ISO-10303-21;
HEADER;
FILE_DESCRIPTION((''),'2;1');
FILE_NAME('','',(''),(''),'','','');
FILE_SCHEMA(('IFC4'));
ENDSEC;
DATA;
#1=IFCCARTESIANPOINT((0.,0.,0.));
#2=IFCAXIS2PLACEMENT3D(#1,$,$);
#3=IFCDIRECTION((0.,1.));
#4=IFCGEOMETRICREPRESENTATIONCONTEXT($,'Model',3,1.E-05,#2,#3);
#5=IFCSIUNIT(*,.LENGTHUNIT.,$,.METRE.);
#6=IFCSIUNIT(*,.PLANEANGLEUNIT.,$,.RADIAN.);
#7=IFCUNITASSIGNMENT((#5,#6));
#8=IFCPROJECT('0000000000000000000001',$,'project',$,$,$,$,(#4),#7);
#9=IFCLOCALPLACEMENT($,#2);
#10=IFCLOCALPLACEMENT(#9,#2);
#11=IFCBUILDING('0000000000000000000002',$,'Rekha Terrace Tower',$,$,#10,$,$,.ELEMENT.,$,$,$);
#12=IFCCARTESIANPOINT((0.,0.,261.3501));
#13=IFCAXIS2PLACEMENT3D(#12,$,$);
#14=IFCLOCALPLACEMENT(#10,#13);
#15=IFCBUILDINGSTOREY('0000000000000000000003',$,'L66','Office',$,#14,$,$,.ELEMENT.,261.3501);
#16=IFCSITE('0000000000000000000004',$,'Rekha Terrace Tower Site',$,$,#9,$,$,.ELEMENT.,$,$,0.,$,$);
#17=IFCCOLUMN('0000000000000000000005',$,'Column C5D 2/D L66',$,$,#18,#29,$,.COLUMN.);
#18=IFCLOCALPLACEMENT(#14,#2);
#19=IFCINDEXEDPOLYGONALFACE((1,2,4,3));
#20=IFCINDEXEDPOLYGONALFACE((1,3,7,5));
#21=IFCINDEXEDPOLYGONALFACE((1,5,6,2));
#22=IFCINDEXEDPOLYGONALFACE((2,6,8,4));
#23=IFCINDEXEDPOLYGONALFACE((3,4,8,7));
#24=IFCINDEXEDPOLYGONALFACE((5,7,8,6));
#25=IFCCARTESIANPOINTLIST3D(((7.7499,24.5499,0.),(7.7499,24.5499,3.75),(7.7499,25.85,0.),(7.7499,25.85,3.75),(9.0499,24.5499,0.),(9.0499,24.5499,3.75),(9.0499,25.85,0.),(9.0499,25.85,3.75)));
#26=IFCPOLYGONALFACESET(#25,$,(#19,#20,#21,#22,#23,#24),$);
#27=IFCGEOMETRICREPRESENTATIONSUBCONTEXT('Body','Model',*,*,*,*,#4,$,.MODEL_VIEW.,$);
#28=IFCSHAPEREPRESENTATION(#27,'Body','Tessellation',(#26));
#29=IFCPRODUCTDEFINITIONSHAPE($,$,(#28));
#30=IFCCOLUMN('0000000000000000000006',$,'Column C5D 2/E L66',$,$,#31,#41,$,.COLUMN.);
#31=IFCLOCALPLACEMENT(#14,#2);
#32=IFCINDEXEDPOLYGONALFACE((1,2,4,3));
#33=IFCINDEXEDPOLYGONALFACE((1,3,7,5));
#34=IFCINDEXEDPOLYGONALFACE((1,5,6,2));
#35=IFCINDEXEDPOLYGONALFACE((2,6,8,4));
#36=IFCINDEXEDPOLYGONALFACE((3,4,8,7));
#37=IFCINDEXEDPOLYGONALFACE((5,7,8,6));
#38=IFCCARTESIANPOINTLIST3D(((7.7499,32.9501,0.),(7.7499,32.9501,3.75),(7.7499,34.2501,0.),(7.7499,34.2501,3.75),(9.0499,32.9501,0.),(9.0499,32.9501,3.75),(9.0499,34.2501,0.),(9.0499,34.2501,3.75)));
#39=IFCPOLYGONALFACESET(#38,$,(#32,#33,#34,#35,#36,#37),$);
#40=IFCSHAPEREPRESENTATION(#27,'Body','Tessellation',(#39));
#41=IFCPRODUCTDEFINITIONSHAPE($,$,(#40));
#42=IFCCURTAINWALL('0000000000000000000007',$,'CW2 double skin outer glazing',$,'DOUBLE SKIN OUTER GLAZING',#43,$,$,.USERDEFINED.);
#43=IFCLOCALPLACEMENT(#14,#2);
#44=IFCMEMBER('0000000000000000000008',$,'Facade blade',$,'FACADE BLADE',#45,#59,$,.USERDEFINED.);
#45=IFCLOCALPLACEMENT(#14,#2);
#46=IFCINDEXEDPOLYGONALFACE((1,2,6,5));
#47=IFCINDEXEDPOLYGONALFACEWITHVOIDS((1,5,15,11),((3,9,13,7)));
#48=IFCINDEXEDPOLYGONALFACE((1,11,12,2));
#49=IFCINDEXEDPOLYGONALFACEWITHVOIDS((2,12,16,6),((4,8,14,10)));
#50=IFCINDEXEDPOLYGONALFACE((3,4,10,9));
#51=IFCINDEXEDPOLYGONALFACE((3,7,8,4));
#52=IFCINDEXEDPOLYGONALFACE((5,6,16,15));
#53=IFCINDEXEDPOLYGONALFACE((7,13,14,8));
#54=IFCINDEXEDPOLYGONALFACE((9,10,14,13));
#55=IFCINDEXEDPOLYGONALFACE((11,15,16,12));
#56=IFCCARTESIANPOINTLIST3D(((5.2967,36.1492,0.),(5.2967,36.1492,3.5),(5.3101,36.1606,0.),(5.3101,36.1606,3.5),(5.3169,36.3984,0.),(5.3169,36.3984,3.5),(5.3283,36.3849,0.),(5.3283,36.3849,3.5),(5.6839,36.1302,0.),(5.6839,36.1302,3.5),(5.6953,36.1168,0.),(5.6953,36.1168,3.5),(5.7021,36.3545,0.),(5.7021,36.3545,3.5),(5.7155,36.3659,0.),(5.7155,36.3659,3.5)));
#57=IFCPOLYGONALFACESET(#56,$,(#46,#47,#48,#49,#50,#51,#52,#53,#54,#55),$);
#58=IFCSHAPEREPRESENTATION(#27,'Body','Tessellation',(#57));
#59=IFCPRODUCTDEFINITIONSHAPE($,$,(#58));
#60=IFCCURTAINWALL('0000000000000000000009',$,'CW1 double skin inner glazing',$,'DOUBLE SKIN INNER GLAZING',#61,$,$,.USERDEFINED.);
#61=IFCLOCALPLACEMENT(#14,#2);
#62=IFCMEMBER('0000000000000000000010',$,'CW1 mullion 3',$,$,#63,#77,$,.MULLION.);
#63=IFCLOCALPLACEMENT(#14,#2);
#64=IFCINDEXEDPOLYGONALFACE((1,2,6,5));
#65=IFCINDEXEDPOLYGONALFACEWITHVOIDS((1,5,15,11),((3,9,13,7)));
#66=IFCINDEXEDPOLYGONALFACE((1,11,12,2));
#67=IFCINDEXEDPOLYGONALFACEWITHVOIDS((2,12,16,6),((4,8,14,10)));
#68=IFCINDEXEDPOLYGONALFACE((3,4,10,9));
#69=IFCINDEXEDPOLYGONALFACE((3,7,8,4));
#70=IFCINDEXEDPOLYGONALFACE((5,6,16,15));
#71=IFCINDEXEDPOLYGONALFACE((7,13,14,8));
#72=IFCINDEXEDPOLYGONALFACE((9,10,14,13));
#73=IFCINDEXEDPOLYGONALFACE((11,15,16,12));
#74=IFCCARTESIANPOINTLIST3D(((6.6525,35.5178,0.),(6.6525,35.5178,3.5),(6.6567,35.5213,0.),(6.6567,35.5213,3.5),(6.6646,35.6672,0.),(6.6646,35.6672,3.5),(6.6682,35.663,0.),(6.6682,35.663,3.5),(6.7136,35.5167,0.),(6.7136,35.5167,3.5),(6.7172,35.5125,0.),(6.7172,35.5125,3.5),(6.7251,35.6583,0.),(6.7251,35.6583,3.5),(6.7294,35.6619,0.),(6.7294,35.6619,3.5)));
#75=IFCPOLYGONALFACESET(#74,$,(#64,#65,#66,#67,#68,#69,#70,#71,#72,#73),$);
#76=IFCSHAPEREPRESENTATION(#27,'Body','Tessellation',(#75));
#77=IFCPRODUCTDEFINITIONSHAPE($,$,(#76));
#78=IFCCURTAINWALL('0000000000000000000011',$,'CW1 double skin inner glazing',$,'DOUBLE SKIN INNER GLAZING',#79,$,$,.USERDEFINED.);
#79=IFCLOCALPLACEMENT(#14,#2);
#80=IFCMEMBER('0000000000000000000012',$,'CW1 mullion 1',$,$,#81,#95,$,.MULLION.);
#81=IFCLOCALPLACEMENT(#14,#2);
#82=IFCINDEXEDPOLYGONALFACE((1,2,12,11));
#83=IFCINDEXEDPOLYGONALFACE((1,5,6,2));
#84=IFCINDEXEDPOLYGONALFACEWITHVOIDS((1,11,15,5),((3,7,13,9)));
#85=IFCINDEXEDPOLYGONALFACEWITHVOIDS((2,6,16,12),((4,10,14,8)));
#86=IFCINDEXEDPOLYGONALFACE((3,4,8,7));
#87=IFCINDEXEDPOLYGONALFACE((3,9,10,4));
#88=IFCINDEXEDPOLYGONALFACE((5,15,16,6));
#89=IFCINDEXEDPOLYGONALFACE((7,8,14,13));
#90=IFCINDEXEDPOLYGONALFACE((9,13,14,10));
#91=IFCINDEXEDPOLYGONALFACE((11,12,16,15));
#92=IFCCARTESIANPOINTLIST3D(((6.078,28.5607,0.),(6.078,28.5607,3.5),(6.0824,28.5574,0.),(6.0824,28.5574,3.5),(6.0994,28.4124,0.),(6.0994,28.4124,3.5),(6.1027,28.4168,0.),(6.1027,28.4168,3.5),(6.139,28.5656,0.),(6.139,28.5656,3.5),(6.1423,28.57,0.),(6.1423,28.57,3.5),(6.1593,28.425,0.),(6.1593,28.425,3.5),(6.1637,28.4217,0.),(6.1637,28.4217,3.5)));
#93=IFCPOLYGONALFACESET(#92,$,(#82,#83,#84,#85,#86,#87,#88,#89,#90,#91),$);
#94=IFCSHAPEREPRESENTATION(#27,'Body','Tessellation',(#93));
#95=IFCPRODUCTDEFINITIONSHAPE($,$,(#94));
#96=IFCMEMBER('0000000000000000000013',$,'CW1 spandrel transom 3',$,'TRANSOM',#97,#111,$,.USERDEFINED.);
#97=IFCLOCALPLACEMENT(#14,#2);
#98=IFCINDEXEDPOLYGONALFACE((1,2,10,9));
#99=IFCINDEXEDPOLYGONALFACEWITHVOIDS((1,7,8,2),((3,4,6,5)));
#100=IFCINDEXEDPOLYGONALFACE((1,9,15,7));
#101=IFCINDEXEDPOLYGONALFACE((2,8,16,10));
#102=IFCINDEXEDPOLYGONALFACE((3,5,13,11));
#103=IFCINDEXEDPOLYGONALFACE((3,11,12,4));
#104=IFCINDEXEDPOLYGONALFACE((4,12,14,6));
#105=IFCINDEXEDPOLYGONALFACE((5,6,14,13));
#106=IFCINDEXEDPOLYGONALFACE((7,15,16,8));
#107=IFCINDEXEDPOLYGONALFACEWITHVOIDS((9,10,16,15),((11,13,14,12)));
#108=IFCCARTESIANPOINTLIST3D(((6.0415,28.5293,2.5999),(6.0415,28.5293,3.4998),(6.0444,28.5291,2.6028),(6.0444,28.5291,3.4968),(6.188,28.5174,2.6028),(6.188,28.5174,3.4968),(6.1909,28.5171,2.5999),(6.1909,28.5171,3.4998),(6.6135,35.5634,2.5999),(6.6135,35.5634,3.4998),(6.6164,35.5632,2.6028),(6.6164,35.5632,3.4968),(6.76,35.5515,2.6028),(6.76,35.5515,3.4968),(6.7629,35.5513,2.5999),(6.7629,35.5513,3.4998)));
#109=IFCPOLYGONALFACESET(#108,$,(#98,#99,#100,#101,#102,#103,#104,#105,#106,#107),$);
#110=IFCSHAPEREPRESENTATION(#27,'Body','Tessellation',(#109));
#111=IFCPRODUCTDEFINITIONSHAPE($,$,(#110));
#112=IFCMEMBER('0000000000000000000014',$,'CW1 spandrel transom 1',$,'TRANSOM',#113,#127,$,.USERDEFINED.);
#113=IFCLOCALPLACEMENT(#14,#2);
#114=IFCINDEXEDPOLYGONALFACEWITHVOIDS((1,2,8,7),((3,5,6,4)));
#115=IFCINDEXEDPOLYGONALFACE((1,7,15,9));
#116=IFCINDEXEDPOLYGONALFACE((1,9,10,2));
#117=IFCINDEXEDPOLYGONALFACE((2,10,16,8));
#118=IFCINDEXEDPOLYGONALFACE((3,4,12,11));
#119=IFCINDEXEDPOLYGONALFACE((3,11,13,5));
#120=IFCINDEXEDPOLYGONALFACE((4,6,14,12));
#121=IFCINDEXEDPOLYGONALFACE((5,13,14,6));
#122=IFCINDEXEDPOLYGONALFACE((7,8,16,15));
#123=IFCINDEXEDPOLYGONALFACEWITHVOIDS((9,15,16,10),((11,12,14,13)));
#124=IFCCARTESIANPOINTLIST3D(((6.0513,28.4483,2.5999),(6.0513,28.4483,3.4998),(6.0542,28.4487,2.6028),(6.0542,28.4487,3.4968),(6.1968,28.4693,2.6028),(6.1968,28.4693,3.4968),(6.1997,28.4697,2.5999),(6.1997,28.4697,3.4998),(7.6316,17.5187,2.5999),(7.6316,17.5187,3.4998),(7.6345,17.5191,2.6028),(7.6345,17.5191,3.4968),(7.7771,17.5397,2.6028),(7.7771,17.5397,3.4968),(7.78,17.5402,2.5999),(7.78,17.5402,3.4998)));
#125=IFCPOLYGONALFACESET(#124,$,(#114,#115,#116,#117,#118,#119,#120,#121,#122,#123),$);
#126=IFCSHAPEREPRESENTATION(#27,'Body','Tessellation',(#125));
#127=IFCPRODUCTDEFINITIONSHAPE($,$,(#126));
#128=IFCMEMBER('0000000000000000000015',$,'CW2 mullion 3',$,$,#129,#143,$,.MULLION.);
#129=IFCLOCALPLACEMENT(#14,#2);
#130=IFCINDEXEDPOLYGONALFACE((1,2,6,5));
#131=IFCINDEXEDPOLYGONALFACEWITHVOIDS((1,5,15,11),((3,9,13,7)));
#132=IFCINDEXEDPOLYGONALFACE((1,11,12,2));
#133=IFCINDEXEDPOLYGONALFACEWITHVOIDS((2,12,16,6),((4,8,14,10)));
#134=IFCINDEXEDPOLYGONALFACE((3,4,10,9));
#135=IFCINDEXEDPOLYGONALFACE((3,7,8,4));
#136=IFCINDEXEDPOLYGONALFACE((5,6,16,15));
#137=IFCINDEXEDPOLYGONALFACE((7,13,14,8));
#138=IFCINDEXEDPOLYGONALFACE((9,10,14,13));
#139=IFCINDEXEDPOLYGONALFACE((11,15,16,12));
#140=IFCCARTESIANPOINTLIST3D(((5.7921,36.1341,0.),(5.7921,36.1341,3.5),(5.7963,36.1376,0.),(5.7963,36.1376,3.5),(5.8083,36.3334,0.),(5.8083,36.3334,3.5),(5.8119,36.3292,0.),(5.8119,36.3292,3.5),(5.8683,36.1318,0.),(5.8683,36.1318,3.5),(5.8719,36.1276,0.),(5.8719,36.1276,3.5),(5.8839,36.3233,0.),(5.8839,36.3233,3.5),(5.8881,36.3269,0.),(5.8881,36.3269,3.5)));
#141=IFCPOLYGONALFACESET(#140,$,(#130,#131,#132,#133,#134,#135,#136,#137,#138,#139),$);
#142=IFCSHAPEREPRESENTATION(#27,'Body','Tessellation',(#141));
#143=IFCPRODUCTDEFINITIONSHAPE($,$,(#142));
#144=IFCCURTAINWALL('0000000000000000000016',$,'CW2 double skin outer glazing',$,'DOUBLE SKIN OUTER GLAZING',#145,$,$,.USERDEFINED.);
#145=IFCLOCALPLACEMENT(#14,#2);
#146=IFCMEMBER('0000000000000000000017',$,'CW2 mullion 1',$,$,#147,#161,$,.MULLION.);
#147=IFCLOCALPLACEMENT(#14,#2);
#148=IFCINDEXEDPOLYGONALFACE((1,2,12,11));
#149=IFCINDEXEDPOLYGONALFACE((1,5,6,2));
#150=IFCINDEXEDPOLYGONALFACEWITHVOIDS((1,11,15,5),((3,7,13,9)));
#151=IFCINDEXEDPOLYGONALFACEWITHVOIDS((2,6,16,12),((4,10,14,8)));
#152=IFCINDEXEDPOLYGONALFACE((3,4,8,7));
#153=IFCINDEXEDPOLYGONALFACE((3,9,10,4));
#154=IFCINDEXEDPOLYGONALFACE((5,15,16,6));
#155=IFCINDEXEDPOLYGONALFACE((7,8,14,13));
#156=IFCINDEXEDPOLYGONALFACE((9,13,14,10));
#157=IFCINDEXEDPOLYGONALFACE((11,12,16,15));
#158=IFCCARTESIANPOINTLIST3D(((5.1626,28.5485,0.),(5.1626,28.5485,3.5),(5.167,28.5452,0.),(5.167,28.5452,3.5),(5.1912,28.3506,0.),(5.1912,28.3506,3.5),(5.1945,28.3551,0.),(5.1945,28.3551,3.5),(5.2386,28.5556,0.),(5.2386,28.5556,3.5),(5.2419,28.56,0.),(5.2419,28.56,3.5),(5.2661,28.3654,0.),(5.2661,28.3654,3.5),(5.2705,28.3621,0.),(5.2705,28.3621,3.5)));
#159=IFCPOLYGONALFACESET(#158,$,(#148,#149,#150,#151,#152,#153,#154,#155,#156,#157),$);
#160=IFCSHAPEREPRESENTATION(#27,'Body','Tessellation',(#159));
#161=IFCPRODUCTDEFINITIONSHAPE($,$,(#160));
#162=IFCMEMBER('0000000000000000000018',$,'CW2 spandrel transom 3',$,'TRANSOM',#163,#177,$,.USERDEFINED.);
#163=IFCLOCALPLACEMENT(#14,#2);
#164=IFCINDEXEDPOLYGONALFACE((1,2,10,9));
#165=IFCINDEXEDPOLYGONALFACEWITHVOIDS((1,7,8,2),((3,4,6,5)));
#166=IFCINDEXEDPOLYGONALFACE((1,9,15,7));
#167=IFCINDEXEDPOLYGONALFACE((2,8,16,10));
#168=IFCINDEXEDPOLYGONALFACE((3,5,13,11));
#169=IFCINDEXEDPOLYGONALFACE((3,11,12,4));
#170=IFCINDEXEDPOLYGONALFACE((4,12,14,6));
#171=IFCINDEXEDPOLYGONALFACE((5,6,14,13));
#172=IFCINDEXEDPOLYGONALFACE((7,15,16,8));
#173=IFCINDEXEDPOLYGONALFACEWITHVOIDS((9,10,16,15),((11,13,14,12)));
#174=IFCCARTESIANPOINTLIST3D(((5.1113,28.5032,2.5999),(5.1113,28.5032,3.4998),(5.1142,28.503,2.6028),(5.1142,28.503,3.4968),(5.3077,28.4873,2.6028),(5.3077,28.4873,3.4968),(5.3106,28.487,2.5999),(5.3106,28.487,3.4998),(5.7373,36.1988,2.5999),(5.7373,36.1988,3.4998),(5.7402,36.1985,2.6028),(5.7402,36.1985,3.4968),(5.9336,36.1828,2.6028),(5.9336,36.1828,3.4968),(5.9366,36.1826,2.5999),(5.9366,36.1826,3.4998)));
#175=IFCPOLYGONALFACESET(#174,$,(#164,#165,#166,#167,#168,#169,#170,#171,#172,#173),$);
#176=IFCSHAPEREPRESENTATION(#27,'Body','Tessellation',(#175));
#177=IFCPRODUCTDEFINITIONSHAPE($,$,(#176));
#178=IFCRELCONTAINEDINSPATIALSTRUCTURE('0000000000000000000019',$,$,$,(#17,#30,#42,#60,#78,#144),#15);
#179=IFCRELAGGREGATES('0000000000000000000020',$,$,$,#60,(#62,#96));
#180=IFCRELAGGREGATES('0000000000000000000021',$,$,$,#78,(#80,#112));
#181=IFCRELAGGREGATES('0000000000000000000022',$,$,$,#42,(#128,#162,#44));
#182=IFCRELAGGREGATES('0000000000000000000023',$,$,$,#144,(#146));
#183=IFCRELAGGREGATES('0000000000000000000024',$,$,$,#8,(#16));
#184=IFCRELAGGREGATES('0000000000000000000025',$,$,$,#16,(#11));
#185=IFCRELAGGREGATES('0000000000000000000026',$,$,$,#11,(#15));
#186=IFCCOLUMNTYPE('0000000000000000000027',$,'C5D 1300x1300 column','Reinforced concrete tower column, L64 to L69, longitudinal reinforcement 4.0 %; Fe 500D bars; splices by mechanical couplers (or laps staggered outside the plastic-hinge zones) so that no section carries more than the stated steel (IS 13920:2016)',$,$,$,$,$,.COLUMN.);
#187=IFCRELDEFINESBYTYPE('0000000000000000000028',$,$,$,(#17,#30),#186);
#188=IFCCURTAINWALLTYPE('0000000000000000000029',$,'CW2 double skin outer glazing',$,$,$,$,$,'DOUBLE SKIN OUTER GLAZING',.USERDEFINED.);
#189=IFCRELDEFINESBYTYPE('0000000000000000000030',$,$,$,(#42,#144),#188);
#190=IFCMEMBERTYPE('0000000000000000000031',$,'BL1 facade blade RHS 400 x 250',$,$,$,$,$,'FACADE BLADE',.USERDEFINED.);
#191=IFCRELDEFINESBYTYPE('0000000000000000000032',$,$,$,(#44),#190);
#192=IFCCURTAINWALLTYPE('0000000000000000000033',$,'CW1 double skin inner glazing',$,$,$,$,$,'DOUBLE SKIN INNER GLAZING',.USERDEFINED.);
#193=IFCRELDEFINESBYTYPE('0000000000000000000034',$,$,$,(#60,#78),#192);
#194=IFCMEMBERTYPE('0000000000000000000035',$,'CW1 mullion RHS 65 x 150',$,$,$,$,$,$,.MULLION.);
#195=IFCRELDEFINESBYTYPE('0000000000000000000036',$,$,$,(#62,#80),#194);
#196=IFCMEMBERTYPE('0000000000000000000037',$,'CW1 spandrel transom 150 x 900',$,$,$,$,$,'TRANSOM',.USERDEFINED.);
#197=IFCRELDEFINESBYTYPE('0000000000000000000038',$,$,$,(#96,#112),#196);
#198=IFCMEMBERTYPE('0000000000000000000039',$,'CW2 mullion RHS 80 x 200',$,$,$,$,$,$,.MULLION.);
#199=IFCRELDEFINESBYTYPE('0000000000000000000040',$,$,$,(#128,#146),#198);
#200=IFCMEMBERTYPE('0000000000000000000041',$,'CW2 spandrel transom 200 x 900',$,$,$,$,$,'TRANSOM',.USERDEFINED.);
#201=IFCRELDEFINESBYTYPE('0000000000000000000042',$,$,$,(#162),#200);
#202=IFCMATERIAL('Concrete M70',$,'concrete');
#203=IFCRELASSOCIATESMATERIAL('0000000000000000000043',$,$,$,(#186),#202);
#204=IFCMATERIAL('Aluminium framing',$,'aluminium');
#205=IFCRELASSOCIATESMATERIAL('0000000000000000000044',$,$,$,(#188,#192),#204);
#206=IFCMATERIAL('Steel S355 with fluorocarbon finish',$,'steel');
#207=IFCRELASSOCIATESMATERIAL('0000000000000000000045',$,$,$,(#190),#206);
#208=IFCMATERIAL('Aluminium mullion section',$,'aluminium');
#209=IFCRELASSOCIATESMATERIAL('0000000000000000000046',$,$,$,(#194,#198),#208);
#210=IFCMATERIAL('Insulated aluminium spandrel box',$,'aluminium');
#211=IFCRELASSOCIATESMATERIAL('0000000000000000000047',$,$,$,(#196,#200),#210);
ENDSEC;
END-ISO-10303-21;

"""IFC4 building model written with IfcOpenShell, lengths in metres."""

from ifc_helpers import new_model, si_unit, direction, frame, origin, origin_2d, place, context, subcontext, project, spatial, rectangle, hollow_rectangle, extrude, material, material_profile, profile_set, type_object, element, aggregate, save


model = new_model("IFC4")

# Units and contexts
model_context = context("Model", 3, precision=1e-05, world=origin(), true_north=direction((0.0, 1.0)))
body_context = subcontext(model_context, "Body", "Model", "MODEL_VIEW")
ifc_project = project(units=[si_unit("LENGTHUNIT", "METRE"), si_unit("PLANEANGLEUNIT", "RADIAN")], contexts=[model_context])

# Site, building, storey
site_placement = place(None, origin())
site = spatial("IfcSite", under=ifc_project, at=site_placement, Name="Rekha Terrace Tower Site", CompositionType="ELEMENT", RefElevation=0.0)
building_placement = place(site_placement, origin())
building = spatial("IfcBuilding", under=site, at=building_placement, Name="Rekha Terrace Tower", CompositionType="ELEMENT")
storey_placement = place(building_placement, frame((0.0, 0.0, 261.3501)))
storey = spatial("IfcBuildingStorey", under=building, at=storey_placement, Name="L66", Description="Office", CompositionType="ELEMENT", Elevation=261.3501)

# Columns
ifc_material_1 = material(Name="Concrete M70", Category="concrete")
ifc_material_profile_1 = material_profile(ifc_material_1, rectangle(XDim=1.3, YDim=1.3, at=origin_2d()), Name="RC 1300x1300")
ifc_profile_set_1 = profile_set([ifc_material_profile_1], Name="Concrete M70")
column_type = type_object("IfcColumnType", Name="C5D 1300x1300 column", Description="Reinforced concrete tower column, L64 to L69, longitudinal reinforcement 4.0 %; Fe 500D bars; splices by mechanical couplers (or laps staggered outside the plastic-hinge zones) so that no section carries more than the stated steel (IS 13920:2016)", PredefinedType="COLUMN", material=ifc_profile_set_1)
for number, where, z_axis, x_axis, name in (
    (1, (8.3999, 25.2, 0.0), (0.0, 0.0, 1.0), (1.0, 0.0, 0.0), "Column C5D 2/D L66"),
    (2, (8.3999, 33.6001, 0.0), (0.0, 0.0, 1.0), (1.0, 0.0, 0.0), "Column C5D 2/E L66"),
):
    element("IfcColumn", number, at=place(storey_placement, frame(where, z_axis=z_axis, x_axis=x_axis)), inside=storey, type_object=column_type, Name=name, PredefinedType="COLUMN", context=body_context, shape_type="SweptSolid", body=[
        extrude(rectangle(XDim=1.3, YDim=1.3, at=origin_2d()), origin(), (0.0, 0.0, 1.0), 3.75),
    ])

# Curtain walls, members
ifc_material_2 = material(Name="Aluminium framing", Category="aluminium")
curtain_wall_type_1 = type_object("IfcCurtainWallType", Name="CW2 double skin outer glazing", ElementType="DOUBLE SKIN OUTER GLAZING", PredefinedType="USERDEFINED", material=ifc_material_2)
curtain_wall_1_placement = place(storey_placement, origin())
curtain_wall_1 = element("IfcCurtainWall", 3, at=curtain_wall_1_placement, inside=storey, type_object=curtain_wall_type_1, Name="CW2 double skin outer glazing", ObjectType="DOUBLE SKIN OUTER GLAZING", PredefinedType="USERDEFINED")
ifc_material_3 = material(Name="Steel S355 with fluorocarbon finish", Category="steel")
ifc_material_profile_2 = material_profile(ifc_material_3, hollow_rectangle(XDim=0.25, YDim=0.3999, WallThickness=0.0125, at=origin_2d()), Name="RHS400x250x12.5")
ifc_profile_set_2 = profile_set([ifc_material_profile_2], Name="Steel S355 with fluorocarbon finish")
member_type_1 = type_object("IfcMemberType", Name="BL1 facade blade RHS 400 x 250", ElementType="FACADE BLADE", PredefinedType="USERDEFINED", material=ifc_profile_set_2)
member_1_placement = place(storey_placement, frame((5.5061, 36.2576, 0.0), z_axis=(0.0, 0.0, 1.0), x_axis=(-0.081069, -0.996709, 0.0)))
member_1 = element("IfcMember", 4, at=member_1_placement, type_object=member_type_1, Name="Facade blade", ObjectType="FACADE BLADE", PredefinedType="USERDEFINED", context=body_context, shape_type="SweptSolid", body=[
    extrude(hollow_rectangle(XDim=0.25, YDim=0.3999, WallThickness=0.0125, at=origin_2d()), origin(), (0.0, 0.0, 1.0), 3.5),
])
curtain_wall_type_2 = type_object("IfcCurtainWallType", Name="CW1 double skin inner glazing", ElementType="DOUBLE SKIN INNER GLAZING", PredefinedType="USERDEFINED", material=ifc_material_2)
curtain_wall_2_placement = place(storey_placement, origin())
curtain_wall_2 = element("IfcCurtainWall", 5, at=curtain_wall_2_placement, inside=storey, type_object=curtain_wall_type_2, Name="CW1 double skin inner glazing", ObjectType="DOUBLE SKIN INNER GLAZING", PredefinedType="USERDEFINED")
ifc_material_4 = material(Name="Aluminium mullion section", Category="aluminium")
ifc_material_profile_3 = material_profile(ifc_material_4, hollow_rectangle(XDim=0.0649, YDim=0.1499, WallThickness=0.0039, at=origin_2d()), Name="AL RHS 65x150")
ifc_profile_set_3 = profile_set([ifc_material_profile_3], Name="Aluminium mullion section")
member_type_2 = type_object("IfcMemberType", Name="CW1 mullion RHS 65 x 150", PredefinedType="MULLION", material=ifc_profile_set_3)
member_2_placement = place(storey_placement, frame((6.6909, 35.5898, 0.0), z_axis=(0.0, 0.0, 1.0), x_axis=(0.996709, -0.081068, 0.0)))
member_2 = element("IfcMember", 6, at=member_2_placement, type_object=member_type_2, Name="CW1 mullion 3", PredefinedType="MULLION", context=body_context, shape_type="SweptSolid", body=[
    extrude(hollow_rectangle(XDim=0.0649, YDim=0.1499, WallThickness=0.0039, at=origin_2d()), origin(), (0.0, 0.0, 1.0), 3.5),
])
curtain_wall_3_placement = place(storey_placement, origin())
curtain_wall_3 = element("IfcCurtainWall", 7, at=curtain_wall_3_placement, inside=storey, type_object=curtain_wall_type_2, Name="CW1 double skin inner glazing", ObjectType="DOUBLE SKIN INNER GLAZING", PredefinedType="USERDEFINED")
member_3_placement = place(storey_placement, frame((6.1208, 28.4912, 0.0), z_axis=(0.0, 0.0, 1.0), x_axis=(0.989707, 0.143108, 0.0)))
member_3 = element("IfcMember", 8, at=member_3_placement, type_object=member_type_2, Name="CW1 mullion 1", PredefinedType="MULLION", context=body_context, shape_type="SweptSolid", body=[
    extrude(hollow_rectangle(XDim=0.0649, YDim=0.1499, WallThickness=0.0039, at=origin_2d()), origin(), (0.0, 0.0, 1.0), 3.5),
])

# Members
ifc_material_5 = material(Name="Insulated aluminium spandrel box", Category="aluminium")
ifc_material_profile_4 = material_profile(ifc_material_5, hollow_rectangle(XDim=0.1499, YDim=0.8999, WallThickness=0.0029, at=origin_2d()), Name="AL SPANDREL BOX 150x900")
ifc_profile_set_4 = profile_set([ifc_material_profile_4], Name="Insulated aluminium spandrel box")
member_type_3 = type_object("IfcMemberType", Name="CW1 spandrel transom 150 x 900", ElementType="TRANSOM", PredefinedType="USERDEFINED", material=ifc_profile_set_4)
member_4_placement = place(storey_placement, frame((6.6882, 35.5574, 3.0498), z_axis=(-0.081053, -0.99671, 0.0), x_axis=(0.99671, -0.081053, 0.0)))
member_4 = element("IfcMember", 9, at=member_4_placement, type_object=member_type_3, Name="CW1 spandrel transom 3", ObjectType="TRANSOM", PredefinedType="USERDEFINED", context=body_context, shape_type="SweptSolid", body=[
    extrude(hollow_rectangle(XDim=0.1499, YDim=0.8999, WallThickness=0.0029, at=origin_2d()), origin(), (0.0, 0.0, 1.0), 7.0574),
])
member_5_placement = place(storey_placement, frame((6.1255, 28.459, 3.0498), z_axis=(0.143105, -0.989708, 0.0), x_axis=(0.989708, 0.143105, 0.0)))
member_5 = element("IfcMember", 10, at=member_5_placement, type_object=member_type_3, Name="CW1 spandrel transom 1", ObjectType="TRANSOM", PredefinedType="USERDEFINED", context=body_context, shape_type="SweptSolid", body=[
    extrude(hollow_rectangle(XDim=0.1499, YDim=0.8999, WallThickness=0.0029, at=origin_2d()), origin(), (0.0, 0.0, 1.0), 11.0432),
])
ifc_material_profile_5 = material_profile(ifc_material_4, hollow_rectangle(XDim=0.0801, YDim=0.2, WallThickness=0.0039, at=origin_2d()), Name="AL RHS 80x200")
ifc_profile_set_5 = profile_set([ifc_material_profile_5], Name="Aluminium mullion section")
member_type_4 = type_object("IfcMemberType", Name="CW2 mullion RHS 80 x 200", PredefinedType="MULLION", material=ifc_profile_set_5)
member_6_placement = place(storey_placement, frame((5.8401, 36.2305, 0.0), z_axis=(0.0, 0.0, 1.0), x_axis=(0.996709, -0.081068, 0.0)))
member_6 = element("IfcMember", 11, at=member_6_placement, type_object=member_type_4, Name="CW2 mullion 3", PredefinedType="MULLION", context=body_context, shape_type="SweptSolid", body=[
    extrude(hollow_rectangle(XDim=0.0801, YDim=0.2, WallThickness=0.0039, at=origin_2d()), origin(), (0.0, 0.0, 1.0), 3.5),
])

# Curtain wall, member
curtain_wall_4_placement = place(storey_placement, origin())
curtain_wall_4 = element("IfcCurtainWall", 12, at=curtain_wall_4_placement, inside=storey, type_object=curtain_wall_type_1, Name="CW2 double skin outer glazing", ObjectType="DOUBLE SKIN OUTER GLAZING", PredefinedType="USERDEFINED")
member_7_placement = place(storey_placement, frame((5.2166, 28.4553, 0.0), z_axis=(0.0, 0.0, 1.0), x_axis=(0.989707, 0.143108, 0.0)))
member_7 = element("IfcMember", 13, at=member_7_placement, type_object=member_type_4, Name="CW2 mullion 1", PredefinedType="MULLION", context=body_context, shape_type="SweptSolid", body=[
    extrude(hollow_rectangle(XDim=0.0801, YDim=0.2, WallThickness=0.0039, at=origin_2d()), origin(), (0.0, 0.0, 1.0), 3.5),
])

# Member
ifc_material_profile_6 = material_profile(ifc_material_5, hollow_rectangle(XDim=0.2, YDim=0.8999, WallThickness=0.0029, at=origin_2d()), Name="AL SPANDREL BOX 200x900")
ifc_profile_set_6 = profile_set([ifc_material_profile_6], Name="Insulated aluminium spandrel box")
member_type_5 = type_object("IfcMemberType", Name="CW2 spandrel transom 200 x 900", ElementType="TRANSOM", PredefinedType="USERDEFINED", material=ifc_profile_set_6)
member_8_placement = place(storey_placement, frame((5.8369, 36.1907, 3.0498), z_axis=(-0.081075, -0.996708, 0.0), x_axis=(0.996708, -0.081075, 0.0)))
member_8 = element("IfcMember", 14, at=member_8_placement, type_object=member_type_5, Name="CW2 spandrel transom 3", ObjectType="TRANSOM", PredefinedType="USERDEFINED", context=body_context, shape_type="SweptSolid", body=[
    extrude(hollow_rectangle(XDim=0.2, YDim=0.8999, WallThickness=0.0029, at=origin_2d()), origin(), (0.0, 0.0, 1.0), 7.7209),
])

aggregate(curtain_wall_2, [member_2, member_4])
aggregate(curtain_wall_3, [member_3, member_5])
aggregate(curtain_wall_1, [member_6, member_8, member_1])
aggregate(curtain_wall_4, [member_7])

save(model, "model.ifc")
